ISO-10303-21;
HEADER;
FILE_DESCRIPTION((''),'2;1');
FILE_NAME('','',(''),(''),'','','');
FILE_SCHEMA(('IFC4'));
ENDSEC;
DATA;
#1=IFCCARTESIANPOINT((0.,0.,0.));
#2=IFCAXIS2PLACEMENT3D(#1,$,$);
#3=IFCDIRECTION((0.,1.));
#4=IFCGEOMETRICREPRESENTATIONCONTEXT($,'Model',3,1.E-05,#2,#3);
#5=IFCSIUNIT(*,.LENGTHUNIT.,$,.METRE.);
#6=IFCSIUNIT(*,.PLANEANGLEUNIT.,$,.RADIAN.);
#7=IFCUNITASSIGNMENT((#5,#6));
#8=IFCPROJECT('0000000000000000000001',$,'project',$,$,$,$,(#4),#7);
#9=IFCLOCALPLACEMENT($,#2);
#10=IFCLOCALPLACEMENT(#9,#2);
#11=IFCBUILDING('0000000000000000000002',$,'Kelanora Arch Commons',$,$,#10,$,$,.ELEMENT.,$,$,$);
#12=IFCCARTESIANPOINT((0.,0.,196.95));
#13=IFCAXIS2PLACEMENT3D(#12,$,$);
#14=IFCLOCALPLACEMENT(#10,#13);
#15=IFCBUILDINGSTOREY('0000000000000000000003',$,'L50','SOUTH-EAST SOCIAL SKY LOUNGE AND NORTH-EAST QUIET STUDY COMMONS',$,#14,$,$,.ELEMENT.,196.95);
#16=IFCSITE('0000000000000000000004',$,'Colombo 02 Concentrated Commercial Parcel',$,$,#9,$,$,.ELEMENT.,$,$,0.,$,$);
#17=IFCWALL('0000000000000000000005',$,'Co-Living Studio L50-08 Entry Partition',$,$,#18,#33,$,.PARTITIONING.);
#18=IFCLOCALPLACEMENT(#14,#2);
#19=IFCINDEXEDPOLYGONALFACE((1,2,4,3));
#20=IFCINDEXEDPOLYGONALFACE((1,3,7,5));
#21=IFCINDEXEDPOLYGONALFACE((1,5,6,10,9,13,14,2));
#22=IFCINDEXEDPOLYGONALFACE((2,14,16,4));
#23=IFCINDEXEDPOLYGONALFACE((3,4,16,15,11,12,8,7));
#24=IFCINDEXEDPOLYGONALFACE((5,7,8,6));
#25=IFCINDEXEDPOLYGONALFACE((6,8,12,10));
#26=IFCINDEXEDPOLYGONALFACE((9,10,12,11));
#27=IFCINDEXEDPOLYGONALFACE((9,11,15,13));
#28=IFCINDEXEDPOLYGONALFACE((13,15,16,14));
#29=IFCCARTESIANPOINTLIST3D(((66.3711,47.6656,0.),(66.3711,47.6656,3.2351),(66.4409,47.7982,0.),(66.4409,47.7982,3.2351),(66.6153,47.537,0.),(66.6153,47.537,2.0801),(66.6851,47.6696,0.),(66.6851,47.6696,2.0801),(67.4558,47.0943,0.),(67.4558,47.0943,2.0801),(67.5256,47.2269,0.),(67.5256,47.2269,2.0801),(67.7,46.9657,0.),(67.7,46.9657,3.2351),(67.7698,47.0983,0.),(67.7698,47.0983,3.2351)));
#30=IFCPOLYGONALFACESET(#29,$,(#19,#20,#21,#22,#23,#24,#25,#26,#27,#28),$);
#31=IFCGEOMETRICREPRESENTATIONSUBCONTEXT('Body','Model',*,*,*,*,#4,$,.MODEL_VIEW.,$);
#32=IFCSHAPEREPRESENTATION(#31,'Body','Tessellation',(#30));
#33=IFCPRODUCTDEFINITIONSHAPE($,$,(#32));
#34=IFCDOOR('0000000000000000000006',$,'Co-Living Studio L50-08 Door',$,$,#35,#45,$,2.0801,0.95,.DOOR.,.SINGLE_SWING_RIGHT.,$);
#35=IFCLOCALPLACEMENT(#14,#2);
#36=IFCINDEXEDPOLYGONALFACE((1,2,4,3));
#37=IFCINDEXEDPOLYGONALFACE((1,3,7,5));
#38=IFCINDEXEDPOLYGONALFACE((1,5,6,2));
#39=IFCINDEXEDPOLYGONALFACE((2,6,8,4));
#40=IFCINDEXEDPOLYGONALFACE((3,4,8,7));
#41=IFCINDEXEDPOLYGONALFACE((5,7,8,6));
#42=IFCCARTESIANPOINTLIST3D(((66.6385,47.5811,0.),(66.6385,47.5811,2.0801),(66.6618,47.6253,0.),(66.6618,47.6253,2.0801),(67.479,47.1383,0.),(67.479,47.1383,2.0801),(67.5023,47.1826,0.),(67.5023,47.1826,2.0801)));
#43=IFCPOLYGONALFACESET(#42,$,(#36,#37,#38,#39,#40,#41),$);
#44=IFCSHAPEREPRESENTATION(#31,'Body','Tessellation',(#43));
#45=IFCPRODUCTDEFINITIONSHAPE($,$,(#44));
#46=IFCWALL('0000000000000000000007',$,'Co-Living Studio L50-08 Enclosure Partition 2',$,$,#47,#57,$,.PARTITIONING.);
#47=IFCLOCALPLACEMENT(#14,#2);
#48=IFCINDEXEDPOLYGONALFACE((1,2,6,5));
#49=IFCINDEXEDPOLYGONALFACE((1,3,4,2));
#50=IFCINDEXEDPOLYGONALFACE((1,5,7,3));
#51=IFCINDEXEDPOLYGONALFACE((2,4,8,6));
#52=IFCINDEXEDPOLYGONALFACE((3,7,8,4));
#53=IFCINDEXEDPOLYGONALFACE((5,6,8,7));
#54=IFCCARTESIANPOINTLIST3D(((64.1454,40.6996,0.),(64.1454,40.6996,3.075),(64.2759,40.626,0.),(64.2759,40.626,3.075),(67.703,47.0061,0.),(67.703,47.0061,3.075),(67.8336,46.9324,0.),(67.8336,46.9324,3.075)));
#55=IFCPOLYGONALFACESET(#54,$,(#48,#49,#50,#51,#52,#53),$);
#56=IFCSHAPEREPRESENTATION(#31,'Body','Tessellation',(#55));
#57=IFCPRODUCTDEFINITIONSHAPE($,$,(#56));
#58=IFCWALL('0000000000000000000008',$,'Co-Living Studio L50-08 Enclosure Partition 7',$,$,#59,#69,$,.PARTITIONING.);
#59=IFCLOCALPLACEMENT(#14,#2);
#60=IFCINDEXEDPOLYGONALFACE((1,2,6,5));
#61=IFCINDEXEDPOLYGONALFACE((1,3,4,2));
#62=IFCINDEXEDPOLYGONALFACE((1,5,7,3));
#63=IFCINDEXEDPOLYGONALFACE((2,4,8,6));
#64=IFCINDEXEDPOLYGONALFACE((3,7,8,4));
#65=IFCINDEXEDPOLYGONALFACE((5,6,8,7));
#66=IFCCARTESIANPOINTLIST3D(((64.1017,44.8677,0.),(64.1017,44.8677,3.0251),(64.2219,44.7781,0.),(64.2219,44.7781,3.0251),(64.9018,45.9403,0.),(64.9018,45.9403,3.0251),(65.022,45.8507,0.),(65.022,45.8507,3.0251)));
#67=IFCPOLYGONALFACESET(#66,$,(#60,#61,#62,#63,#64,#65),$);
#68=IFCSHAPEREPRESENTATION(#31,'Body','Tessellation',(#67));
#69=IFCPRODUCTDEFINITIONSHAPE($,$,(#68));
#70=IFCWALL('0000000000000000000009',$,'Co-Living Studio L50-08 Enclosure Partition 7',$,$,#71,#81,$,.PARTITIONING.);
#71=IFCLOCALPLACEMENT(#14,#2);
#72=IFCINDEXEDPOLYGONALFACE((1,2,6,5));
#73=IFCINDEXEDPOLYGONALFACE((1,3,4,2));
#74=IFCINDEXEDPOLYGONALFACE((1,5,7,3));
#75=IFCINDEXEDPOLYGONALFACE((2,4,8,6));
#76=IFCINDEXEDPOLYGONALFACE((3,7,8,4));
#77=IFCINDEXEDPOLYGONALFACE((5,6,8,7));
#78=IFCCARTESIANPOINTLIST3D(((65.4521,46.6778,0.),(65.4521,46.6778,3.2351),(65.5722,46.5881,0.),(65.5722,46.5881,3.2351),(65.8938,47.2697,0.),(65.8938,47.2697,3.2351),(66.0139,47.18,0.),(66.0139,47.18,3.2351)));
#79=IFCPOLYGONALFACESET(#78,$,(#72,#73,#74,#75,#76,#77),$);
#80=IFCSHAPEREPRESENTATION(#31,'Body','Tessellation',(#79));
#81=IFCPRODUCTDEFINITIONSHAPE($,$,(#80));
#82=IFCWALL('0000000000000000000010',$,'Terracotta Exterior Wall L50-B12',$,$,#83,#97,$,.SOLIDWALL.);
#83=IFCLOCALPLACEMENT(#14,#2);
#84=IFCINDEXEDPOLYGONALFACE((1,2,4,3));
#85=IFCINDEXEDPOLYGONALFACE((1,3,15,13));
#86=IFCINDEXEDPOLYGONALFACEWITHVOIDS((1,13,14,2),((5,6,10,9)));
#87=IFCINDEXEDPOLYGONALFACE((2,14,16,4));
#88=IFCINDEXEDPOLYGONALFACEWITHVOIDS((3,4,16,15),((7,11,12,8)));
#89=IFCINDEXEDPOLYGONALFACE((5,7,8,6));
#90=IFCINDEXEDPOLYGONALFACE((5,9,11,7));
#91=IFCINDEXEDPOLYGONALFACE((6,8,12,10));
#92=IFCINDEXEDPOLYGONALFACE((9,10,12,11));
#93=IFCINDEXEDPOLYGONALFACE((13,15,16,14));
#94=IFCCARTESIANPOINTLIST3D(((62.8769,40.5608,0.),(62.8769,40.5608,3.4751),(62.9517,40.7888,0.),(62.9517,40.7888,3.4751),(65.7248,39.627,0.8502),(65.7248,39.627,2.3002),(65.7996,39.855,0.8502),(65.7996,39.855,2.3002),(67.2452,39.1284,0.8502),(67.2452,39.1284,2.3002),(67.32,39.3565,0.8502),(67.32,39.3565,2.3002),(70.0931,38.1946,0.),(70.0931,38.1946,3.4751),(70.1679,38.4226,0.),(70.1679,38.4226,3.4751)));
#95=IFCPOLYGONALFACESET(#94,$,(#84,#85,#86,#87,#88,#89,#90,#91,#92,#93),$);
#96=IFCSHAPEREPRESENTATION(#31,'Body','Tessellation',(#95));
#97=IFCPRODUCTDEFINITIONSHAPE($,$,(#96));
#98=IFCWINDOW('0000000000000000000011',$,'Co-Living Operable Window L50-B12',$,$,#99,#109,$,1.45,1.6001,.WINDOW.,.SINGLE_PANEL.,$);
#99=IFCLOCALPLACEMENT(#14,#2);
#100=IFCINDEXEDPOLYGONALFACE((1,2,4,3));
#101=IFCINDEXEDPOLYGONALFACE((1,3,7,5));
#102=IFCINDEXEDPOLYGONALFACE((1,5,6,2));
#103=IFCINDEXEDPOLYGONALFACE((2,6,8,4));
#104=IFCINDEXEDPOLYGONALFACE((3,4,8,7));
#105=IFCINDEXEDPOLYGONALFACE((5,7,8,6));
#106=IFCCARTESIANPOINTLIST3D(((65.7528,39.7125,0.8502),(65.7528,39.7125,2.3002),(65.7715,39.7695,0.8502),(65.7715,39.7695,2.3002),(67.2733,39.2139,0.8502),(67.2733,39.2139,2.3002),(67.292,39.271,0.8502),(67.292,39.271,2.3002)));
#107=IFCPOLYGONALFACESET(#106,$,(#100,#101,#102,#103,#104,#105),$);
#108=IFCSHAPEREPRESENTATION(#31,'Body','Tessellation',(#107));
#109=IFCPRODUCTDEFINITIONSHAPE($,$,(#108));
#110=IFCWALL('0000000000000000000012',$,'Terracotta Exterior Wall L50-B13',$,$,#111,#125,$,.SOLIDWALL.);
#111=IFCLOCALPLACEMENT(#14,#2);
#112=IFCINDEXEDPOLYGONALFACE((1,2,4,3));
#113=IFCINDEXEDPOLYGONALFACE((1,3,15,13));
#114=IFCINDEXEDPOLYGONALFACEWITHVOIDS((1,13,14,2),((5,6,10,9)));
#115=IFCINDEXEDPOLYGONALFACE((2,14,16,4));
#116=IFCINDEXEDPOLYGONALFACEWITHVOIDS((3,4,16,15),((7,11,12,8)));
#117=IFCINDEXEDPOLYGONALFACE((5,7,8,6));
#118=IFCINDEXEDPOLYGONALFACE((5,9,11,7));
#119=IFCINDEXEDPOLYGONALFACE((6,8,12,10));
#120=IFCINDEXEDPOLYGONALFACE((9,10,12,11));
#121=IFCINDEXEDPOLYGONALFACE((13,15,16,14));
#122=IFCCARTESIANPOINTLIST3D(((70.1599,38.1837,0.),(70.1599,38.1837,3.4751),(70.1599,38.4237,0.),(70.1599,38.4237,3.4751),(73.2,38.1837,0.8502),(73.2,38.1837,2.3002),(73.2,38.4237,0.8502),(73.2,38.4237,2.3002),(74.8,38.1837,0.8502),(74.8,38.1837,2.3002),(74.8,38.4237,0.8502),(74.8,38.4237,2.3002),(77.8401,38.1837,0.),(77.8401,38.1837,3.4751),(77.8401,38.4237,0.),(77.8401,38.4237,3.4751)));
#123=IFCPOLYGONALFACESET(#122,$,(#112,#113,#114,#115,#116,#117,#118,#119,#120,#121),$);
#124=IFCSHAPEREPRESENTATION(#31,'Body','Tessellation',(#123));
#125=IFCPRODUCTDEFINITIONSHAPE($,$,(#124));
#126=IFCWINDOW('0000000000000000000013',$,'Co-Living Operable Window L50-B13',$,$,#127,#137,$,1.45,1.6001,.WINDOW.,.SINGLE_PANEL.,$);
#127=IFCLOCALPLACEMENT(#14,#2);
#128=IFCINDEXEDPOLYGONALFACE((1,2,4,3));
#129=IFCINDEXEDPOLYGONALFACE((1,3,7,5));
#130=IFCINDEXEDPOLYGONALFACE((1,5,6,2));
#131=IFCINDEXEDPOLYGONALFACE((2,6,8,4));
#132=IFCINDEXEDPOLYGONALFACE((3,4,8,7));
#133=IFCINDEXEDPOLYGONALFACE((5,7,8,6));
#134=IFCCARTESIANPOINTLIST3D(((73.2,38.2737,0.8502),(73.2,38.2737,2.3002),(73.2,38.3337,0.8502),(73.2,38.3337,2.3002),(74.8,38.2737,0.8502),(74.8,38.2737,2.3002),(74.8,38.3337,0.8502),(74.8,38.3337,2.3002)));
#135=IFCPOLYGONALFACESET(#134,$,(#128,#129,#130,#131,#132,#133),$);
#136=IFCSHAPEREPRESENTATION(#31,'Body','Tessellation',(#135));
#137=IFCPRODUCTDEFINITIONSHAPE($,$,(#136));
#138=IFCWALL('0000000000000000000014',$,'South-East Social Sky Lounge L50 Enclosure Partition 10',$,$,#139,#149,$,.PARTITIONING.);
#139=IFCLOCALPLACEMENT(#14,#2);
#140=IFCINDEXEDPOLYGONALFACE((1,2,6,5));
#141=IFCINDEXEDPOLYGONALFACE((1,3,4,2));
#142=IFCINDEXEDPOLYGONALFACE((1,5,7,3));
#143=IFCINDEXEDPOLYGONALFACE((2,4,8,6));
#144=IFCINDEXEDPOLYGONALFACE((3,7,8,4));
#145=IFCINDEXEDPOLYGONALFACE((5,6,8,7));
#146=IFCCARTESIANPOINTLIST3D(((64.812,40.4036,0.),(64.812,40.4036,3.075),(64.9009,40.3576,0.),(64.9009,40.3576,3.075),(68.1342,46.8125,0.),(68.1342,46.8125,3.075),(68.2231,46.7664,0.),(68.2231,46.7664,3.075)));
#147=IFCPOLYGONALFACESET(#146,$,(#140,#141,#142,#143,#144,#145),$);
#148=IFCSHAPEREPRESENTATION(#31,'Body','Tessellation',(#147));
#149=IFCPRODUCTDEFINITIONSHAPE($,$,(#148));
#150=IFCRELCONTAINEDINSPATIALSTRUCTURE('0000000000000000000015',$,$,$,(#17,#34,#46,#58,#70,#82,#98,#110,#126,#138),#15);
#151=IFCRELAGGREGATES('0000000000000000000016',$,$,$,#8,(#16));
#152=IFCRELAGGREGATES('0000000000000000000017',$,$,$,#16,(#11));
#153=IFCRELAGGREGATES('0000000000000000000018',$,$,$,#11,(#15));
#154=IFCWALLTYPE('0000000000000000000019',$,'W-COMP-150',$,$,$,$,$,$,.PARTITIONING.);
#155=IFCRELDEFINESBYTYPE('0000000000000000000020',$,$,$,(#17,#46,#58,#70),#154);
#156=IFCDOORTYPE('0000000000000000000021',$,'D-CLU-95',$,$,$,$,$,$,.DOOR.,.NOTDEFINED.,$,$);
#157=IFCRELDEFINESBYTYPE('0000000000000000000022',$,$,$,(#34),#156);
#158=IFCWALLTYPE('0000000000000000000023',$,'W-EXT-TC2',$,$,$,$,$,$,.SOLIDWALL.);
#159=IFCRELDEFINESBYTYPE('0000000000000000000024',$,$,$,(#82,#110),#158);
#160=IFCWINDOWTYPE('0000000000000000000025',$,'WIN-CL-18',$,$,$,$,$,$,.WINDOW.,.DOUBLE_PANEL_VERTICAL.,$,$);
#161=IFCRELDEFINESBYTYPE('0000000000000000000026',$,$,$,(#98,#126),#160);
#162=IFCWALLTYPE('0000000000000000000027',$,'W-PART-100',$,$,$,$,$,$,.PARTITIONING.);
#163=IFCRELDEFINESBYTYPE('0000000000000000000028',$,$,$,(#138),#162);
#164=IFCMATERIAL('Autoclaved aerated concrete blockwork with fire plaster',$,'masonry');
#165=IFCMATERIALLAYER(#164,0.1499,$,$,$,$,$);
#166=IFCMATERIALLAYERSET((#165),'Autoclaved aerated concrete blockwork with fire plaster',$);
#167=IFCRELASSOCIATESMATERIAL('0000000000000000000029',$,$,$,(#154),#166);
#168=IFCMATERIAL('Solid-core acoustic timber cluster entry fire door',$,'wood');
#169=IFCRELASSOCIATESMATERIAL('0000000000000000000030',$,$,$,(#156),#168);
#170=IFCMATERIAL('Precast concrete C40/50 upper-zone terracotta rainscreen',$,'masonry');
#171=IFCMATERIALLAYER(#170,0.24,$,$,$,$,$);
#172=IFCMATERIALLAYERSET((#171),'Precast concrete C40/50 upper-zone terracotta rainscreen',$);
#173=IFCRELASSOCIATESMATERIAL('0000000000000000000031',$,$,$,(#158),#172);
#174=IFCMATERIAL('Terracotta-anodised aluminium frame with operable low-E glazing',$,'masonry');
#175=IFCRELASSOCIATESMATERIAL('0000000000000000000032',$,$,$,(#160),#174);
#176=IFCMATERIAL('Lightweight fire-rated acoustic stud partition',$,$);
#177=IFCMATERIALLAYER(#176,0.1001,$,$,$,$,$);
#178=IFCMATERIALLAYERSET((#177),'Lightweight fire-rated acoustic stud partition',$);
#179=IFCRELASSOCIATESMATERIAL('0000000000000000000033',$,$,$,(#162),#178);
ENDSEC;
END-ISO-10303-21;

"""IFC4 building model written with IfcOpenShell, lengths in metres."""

from ifc_helpers import new_model, si_unit, direction, frame, frame_2d, origin, place, context, subcontext, project, spatial, rectangle, extrude, material, layer, layer_set, type_object, element, fill, save


model = new_model("IFC4")

# Units and contexts
model_context = context("Model", 3, precision=1e-05, world=origin(), true_north=direction((0.0, 1.0)))
body_context = subcontext(model_context, "Body", "Model", "MODEL_VIEW")
ifc_project = project(units=[si_unit("LENGTHUNIT", "METRE"), si_unit("PLANEANGLEUNIT", "RADIAN")], contexts=[model_context])

# Site, building, storey
site_placement = place(None, origin())
site = spatial("IfcSite", under=ifc_project, at=site_placement, Name="Colombo 02 Concentrated Commercial Parcel", CompositionType="ELEMENT", RefElevation=0.0)
building_placement = place(site_placement, origin())
building = spatial("IfcBuilding", under=site, at=building_placement, Name="Kelanora Arch Commons", CompositionType="ELEMENT")
storey_placement = place(building_placement, frame((0.0, 0.0, 196.95)))
storey = spatial("IfcBuildingStorey", under=building, at=storey_placement, Name="L50", Description="SOUTH-EAST SOCIAL SKY LOUNGE AND NORTH-EAST QUIET STUDY COMMONS", CompositionType="ELEMENT", Elevation=196.95)

# Wall, opening, door
ifc_material_1 = material(Name="Autoclaved aerated concrete blockwork with fire plaster", Category="masonry")
ifc_layer_1 = layer(ifc_material_1, 0.1499)
ifc_layer_set_1 = layer_set([ifc_layer_1], Name="Autoclaved aerated concrete blockwork with fire plaster")
wall_type_1 = type_object("IfcWallType", Name="W-COMP-150", PredefinedType="PARTITIONING", material=ifc_layer_set_1)
wall_1_placement = place(storey_placement, frame((66.406, 47.7319, 0.0), z_axis=(0.0, 0.0, 1.0), x_axis=(0.884767, -0.466034, 0.0)))
wall_1 = element("IfcWall", 1, at=wall_1_placement, inside=storey, type_object=wall_type_1, Name="Co-Living Studio L50-08 Entry Partition", PredefinedType="PARTITIONING", context=body_context, shape_type="SweptSolid", body=[
    extrude(rectangle(XDim=1.502, YDim=0.1499, at=frame_2d((0.751, 0.0))), origin(), (0.0, 0.0, 1.0), 3.2351),
])
opening_1_placement = place(wall_1_placement, frame((0.2759, 0.0, 0.0)))
opening_1 = element("IfcOpeningElement", 2, at=opening_1_placement, cuts=wall_1, PredefinedType="OPENING", context=body_context, shape_type="SweptSolid", body=[
    extrude(rectangle(XDim=0.95, YDim=2.0801, at=frame_2d((0.4751, 1.04))), frame((0.0, 0.085, 0.0), z_axis=(0.0, -1.0, 0.0), x_axis=(1.0, 0.0, 0.0)), (0.0, 0.0, 1.0), 0.1699),
])
ifc_material_2 = material(Name="Solid-core acoustic timber cluster entry fire door", Category="wood")
door_type_1 = type_object("IfcDoorType", Name="D-CLU-95", OperationType="NOTDEFINED", PredefinedType="DOOR", material=ifc_material_2)
door_1_placement = place(opening_1_placement, origin())
door_1 = element("IfcDoor", 3, at=door_1_placement, inside=storey, type_object=door_type_1, Name="Co-Living Studio L50-08 Door", OperationType="SINGLE_SWING_RIGHT", OverallHeight=2.0801, OverallWidth=0.95, PredefinedType="DOOR", context=body_context, shape_type="SweptSolid", body=[
    extrude(rectangle(XDim=0.95, YDim=2.0801, at=frame_2d((0.4751, 1.04))), frame((0.0, 0.0249, 0.0), z_axis=(0.0, -1.0, 0.0), x_axis=(1.0, 0.0, 0.0)), (0.0, 0.0, 1.0), 0.05),
])
fill(opening_1, door_1)

# Walls
wall_2_placement = place(storey_placement, frame((67.7683, 46.9692, 0.0), z_axis=(0.0, 0.0, 1.0), x_axis=(-0.491338, -0.870969, 0.0)))
element("IfcWall", 4, at=wall_2_placement, inside=storey, type_object=wall_type_1, Name="Co-Living Studio L50-08 Enclosure Partition 2", PredefinedType="PARTITIONING", context=body_context, shape_type="SweptSolid", body=[
    extrude(rectangle(XDim=7.2407, YDim=0.1499, at=frame_2d((3.6204, 0.0))), origin(), (0.0, 0.0, 1.0), 3.075),
])
wall_3_placement = place(storey_placement, frame((64.1619, 44.823, 0.0), z_axis=(0.0, 0.0, 1.0), x_axis=(0.597925, 0.801552, 0.0)))
element("IfcWall", 5, at=wall_3_placement, inside=storey, type_object=wall_type_1, Name="Co-Living Studio L50-08 Enclosure Partition 7", PredefinedType="PARTITIONING", context=body_context, shape_type="SweptSolid", body=[
    extrude(rectangle(XDim=1.3381, YDim=0.1499, at=frame_2d((0.6689, 0.0))), origin(), (0.0, 0.0, 1.0), 3.0251),
])
wall_4_placement = place(storey_placement, frame((65.5122, 46.6331, 0.0), z_axis=(0.0, 0.0, 1.0), x_axis=(0.598094, 0.801426, 0.0)))
element("IfcWall", 6, at=wall_4_placement, inside=storey, type_object=wall_type_1, Name="Co-Living Studio L50-08 Enclosure Partition 7", PredefinedType="PARTITIONING", context=body_context, shape_type="SweptSolid", body=[
    extrude(rectangle(XDim=0.7385, YDim=0.1499, at=frame_2d((0.3691, 0.0))), origin(), (0.0, 0.0, 1.0), 3.2351),
])

# Walls, openings, windows
ifc_material_3 = material(Name="Precast concrete C40/50 upper-zone terracotta rainscreen", Category="masonry")
ifc_layer_2 = layer(ifc_material_3, 0.24)
ifc_layer_set_2 = layer_set([ifc_layer_2], Name="Precast concrete C40/50 upper-zone terracotta rainscreen")
wall_type_2 = type_object("IfcWallType", Name="W-EXT-TC2", PredefinedType="SOLIDWALL", material=ifc_layer_set_2)
wall_5_placement = place(storey_placement, frame((62.9143, 40.6748, 0.0), z_axis=(0.0, 0.0, 1.0), x_axis=(0.950221, -0.311575, 0.0)))
wall_5 = element("IfcWall", 7, at=wall_5_placement, inside=storey, type_object=wall_type_2, Name="Terracotta Exterior Wall L50-B12", PredefinedType="SOLIDWALL", context=body_context, shape_type="SweptSolid", body=[
    extrude(rectangle(XDim=7.5942, YDim=0.24, at=frame_2d((3.7971, 0.0))), origin(), (0.0, 0.0, 1.0), 3.4751),
])
opening_2_placement = place(wall_5_placement, frame((2.9971, 0.0, 0.8501)))
opening_2 = element("IfcOpeningElement", 8, at=opening_2_placement, cuts=wall_5, PredefinedType="OPENING", context=body_context, shape_type="SweptSolid", body=[
    extrude(rectangle(XDim=1.6001, YDim=1.45, at=frame_2d((0.8, 0.7251))), frame((0.0, 0.1299, 0.0), z_axis=(0.0, -1.0, 0.0), x_axis=(1.0, 0.0, 0.0)), (0.0, 0.0, 1.0), 0.26),
])
ifc_material_4 = material(Name="Terracotta-anodised aluminium frame with operable low-E glazing", Category="masonry")
window_type = type_object("IfcWindowType", Name="WIN-CL-18", PartitioningType="DOUBLE_PANEL_VERTICAL", PredefinedType="WINDOW", material=ifc_material_4)
window_1_placement = place(opening_2_placement, origin())
window_1 = element("IfcWindow", 9, at=window_1_placement, inside=storey, type_object=window_type, Name="Co-Living Operable Window L50-B12", OverallHeight=1.45, OverallWidth=1.6001, PartitioningType="SINGLE_PANEL", PredefinedType="WINDOW", context=body_context, shape_type="SweptSolid", body=[
    extrude(rectangle(XDim=1.6001, YDim=1.45, at=frame_2d((0.8, 0.7251))), frame((0.0, 0.03, 0.0), z_axis=(0.0, -1.0, 0.0), x_axis=(1.0, 0.0, 0.0)), (0.0, 0.0, 1.0), 0.0601),
])
fill(opening_2, window_1)
wall_6_placement = place(storey_placement, frame((70.1599, 38.3037, 0.0), z_axis=(0.0, 0.0, 1.0), x_axis=(1.0, 0.0, 0.0)))
wall_6 = element("IfcWall", 10, at=wall_6_placement, inside=storey, type_object=wall_type_2, Name="Terracotta Exterior Wall L50-B13", PredefinedType="SOLIDWALL", context=body_context, shape_type="SweptSolid", body=[
    extrude(rectangle(XDim=7.6802, YDim=0.24, at=frame_2d((3.8401, 0.0))), origin(), (0.0, 0.0, 1.0), 3.4751),
])
opening_3_placement = place(wall_6_placement, frame((3.04, 0.0, 0.8501)))
opening_3 = element("IfcOpeningElement", 11, at=opening_3_placement, cuts=wall_6, PredefinedType="OPENING", context=body_context, shape_type="SweptSolid", body=[
    extrude(rectangle(XDim=1.6001, YDim=1.45, at=frame_2d((0.8, 0.7251))), frame((0.0, 0.1299, 0.0), z_axis=(0.0, -1.0, 0.0), x_axis=(1.0, 0.0, 0.0)), (0.0, 0.0, 1.0), 0.26),
])
window_2_placement = place(opening_3_placement, origin())
window_2 = element("IfcWindow", 12, at=window_2_placement, inside=storey, type_object=window_type, Name="Co-Living Operable Window L50-B13", OverallHeight=1.45, OverallWidth=1.6001, PartitioningType="SINGLE_PANEL", PredefinedType="WINDOW", context=body_context, shape_type="SweptSolid", body=[
    extrude(rectangle(XDim=1.6001, YDim=1.45, at=frame_2d((0.8, 0.7251))), frame((0.0, 0.03, 0.0), z_axis=(0.0, -1.0, 0.0), x_axis=(1.0, 0.0, 0.0)), (0.0, 0.0, 1.0), 0.0601),
])
fill(opening_3, window_2)

# Wall
ifc_material_5 = material(Name="Lightweight fire-rated acoustic stud partition")
ifc_layer_3 = layer(ifc_material_5, 0.1001)
ifc_layer_set_3 = layer_set([ifc_layer_3], Name="Lightweight fire-rated acoustic stud partition")
wall_type_3 = type_object("IfcWallType", Name="W-PART-100", PredefinedType="PARTITIONING", material=ifc_layer_set_3)
wall_7_placement = place(storey_placement, frame((64.8564, 40.3806, 0.0), z_axis=(0.0, 0.0, 1.0), x_axis=(0.46022, 0.887805, 0.0)))
element("IfcWall", 13, at=wall_7_placement, inside=storey, type_object=wall_type_3, Name="South-East Social Sky Lounge L50 Enclosure Partition 10", PredefinedType="PARTITIONING", context=body_context, shape_type="SweptSolid", body=[
    extrude(rectangle(XDim=7.2188, YDim=0.1001, at=frame_2d((3.6094, 0.0))), origin(), (0.0, 0.0, 1.0), 3.075),
])

save(model, "model.ifc")
